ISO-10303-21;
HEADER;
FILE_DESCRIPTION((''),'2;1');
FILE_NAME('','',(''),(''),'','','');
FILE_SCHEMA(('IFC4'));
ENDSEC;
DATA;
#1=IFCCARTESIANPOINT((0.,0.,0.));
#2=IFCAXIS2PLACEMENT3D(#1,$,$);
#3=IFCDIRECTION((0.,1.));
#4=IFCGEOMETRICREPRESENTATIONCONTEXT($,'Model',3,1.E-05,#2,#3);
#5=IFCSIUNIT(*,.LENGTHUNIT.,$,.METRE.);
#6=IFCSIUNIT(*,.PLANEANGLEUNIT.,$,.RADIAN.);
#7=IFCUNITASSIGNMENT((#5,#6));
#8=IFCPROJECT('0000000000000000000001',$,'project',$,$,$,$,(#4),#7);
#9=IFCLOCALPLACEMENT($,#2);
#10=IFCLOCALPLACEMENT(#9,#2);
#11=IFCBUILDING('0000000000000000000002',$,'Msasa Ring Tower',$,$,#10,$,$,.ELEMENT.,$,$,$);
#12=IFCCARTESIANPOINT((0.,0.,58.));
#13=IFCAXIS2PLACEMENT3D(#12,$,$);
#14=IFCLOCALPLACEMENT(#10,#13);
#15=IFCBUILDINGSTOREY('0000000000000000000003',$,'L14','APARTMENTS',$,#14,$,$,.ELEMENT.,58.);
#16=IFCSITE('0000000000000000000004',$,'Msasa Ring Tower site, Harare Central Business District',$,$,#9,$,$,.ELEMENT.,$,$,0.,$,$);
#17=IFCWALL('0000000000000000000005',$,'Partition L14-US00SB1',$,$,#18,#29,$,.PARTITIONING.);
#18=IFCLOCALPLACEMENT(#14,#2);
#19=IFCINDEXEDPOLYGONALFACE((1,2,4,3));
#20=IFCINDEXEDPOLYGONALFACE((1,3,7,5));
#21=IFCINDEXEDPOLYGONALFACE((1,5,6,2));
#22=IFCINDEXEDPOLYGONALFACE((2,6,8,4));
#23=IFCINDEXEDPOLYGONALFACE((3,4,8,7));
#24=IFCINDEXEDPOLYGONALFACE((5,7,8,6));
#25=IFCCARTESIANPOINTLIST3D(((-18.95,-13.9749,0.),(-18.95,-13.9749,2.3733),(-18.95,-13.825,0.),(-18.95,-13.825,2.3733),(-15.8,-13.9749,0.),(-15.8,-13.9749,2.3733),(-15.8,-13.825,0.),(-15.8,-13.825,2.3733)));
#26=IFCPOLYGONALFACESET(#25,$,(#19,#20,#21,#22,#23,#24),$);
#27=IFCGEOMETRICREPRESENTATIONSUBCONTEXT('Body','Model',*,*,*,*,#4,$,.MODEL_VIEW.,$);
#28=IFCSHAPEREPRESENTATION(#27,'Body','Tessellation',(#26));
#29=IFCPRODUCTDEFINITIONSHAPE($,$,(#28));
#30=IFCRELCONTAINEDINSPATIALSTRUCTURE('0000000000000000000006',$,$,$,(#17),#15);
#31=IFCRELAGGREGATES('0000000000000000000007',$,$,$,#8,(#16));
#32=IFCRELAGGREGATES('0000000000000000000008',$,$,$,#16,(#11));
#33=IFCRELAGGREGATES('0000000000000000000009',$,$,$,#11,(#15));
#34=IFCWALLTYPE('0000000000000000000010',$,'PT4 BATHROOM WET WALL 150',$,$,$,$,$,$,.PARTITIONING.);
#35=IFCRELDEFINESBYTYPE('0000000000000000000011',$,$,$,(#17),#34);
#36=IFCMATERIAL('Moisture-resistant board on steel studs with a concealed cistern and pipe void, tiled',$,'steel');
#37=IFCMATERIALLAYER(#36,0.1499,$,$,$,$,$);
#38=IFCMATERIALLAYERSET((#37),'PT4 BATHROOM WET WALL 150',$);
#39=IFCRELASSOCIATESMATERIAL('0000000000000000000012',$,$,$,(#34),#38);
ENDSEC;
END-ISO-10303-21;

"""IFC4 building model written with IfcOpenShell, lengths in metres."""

from ifc_helpers import new_model, si_unit, direction, frame, frame_2d, origin, place, context, subcontext, project, spatial, rectangle, extrude, material, layer, layer_set, type_object, element, save


model = new_model("IFC4")

# Units and contexts
model_context = context("Model", 3, precision=1e-05, world=origin(), true_north=direction((0.0, 1.0)))
body_context = subcontext(model_context, "Body", "Model", "MODEL_VIEW")
ifc_project = project(units=[si_unit("LENGTHUNIT", "METRE"), si_unit("PLANEANGLEUNIT", "RADIAN")], contexts=[model_context])

# Site, building, storey
site_placement = place(None, origin())
site = spatial("IfcSite", under=ifc_project, at=site_placement, Name="Msasa Ring Tower site, Harare Central Business District", CompositionType="ELEMENT", RefElevation=0.0)
building_placement = place(site_placement, origin())
building = spatial("IfcBuilding", under=site, at=building_placement, Name="Msasa Ring Tower", CompositionType="ELEMENT")
storey_placement = place(building_placement, frame((0.0, 0.0, 58.0)))
storey = spatial("IfcBuildingStorey", under=building, at=storey_placement, Name="L14", Description="APARTMENTS", CompositionType="ELEMENT", Elevation=58.0)

# Shared definitions
ifc_material_1 = material(Name="Moisture-resistant board on steel studs with a concealed cistern and pipe void, tiled", Category="steel")
ifc_layer_1 = layer(ifc_material_1, 0.1499)
ifc_layer_set_1 = layer_set([ifc_layer_1], Name="PT4 BATHROOM WET WALL 150")
wall_type_1 = type_object("IfcWallType", Name="PT4 BATHROOM WET WALL 150", PredefinedType="PARTITIONING", material=ifc_layer_set_1)

# Wall
wall_1_placement = place(storey_placement, frame((-18.95, -13.8999, 0.0), z_axis=(0.0, 0.0, 1.0), x_axis=(1.0, 0.0, 0.0)))
element("IfcWall", 1, at=wall_1_placement, inside=storey, type_object=wall_type_1, Name="Partition L14-US00SB1", PredefinedType="PARTITIONING", context=body_context, shape_type="SweptSolid", body=[
    extrude(rectangle(XDim=3.1499, YDim=0.1499, at=frame_2d((1.575, 0.0))), origin(), (0.0, 0.0, 1.0), 2.3733),
])

save(model, "model.ifc")
